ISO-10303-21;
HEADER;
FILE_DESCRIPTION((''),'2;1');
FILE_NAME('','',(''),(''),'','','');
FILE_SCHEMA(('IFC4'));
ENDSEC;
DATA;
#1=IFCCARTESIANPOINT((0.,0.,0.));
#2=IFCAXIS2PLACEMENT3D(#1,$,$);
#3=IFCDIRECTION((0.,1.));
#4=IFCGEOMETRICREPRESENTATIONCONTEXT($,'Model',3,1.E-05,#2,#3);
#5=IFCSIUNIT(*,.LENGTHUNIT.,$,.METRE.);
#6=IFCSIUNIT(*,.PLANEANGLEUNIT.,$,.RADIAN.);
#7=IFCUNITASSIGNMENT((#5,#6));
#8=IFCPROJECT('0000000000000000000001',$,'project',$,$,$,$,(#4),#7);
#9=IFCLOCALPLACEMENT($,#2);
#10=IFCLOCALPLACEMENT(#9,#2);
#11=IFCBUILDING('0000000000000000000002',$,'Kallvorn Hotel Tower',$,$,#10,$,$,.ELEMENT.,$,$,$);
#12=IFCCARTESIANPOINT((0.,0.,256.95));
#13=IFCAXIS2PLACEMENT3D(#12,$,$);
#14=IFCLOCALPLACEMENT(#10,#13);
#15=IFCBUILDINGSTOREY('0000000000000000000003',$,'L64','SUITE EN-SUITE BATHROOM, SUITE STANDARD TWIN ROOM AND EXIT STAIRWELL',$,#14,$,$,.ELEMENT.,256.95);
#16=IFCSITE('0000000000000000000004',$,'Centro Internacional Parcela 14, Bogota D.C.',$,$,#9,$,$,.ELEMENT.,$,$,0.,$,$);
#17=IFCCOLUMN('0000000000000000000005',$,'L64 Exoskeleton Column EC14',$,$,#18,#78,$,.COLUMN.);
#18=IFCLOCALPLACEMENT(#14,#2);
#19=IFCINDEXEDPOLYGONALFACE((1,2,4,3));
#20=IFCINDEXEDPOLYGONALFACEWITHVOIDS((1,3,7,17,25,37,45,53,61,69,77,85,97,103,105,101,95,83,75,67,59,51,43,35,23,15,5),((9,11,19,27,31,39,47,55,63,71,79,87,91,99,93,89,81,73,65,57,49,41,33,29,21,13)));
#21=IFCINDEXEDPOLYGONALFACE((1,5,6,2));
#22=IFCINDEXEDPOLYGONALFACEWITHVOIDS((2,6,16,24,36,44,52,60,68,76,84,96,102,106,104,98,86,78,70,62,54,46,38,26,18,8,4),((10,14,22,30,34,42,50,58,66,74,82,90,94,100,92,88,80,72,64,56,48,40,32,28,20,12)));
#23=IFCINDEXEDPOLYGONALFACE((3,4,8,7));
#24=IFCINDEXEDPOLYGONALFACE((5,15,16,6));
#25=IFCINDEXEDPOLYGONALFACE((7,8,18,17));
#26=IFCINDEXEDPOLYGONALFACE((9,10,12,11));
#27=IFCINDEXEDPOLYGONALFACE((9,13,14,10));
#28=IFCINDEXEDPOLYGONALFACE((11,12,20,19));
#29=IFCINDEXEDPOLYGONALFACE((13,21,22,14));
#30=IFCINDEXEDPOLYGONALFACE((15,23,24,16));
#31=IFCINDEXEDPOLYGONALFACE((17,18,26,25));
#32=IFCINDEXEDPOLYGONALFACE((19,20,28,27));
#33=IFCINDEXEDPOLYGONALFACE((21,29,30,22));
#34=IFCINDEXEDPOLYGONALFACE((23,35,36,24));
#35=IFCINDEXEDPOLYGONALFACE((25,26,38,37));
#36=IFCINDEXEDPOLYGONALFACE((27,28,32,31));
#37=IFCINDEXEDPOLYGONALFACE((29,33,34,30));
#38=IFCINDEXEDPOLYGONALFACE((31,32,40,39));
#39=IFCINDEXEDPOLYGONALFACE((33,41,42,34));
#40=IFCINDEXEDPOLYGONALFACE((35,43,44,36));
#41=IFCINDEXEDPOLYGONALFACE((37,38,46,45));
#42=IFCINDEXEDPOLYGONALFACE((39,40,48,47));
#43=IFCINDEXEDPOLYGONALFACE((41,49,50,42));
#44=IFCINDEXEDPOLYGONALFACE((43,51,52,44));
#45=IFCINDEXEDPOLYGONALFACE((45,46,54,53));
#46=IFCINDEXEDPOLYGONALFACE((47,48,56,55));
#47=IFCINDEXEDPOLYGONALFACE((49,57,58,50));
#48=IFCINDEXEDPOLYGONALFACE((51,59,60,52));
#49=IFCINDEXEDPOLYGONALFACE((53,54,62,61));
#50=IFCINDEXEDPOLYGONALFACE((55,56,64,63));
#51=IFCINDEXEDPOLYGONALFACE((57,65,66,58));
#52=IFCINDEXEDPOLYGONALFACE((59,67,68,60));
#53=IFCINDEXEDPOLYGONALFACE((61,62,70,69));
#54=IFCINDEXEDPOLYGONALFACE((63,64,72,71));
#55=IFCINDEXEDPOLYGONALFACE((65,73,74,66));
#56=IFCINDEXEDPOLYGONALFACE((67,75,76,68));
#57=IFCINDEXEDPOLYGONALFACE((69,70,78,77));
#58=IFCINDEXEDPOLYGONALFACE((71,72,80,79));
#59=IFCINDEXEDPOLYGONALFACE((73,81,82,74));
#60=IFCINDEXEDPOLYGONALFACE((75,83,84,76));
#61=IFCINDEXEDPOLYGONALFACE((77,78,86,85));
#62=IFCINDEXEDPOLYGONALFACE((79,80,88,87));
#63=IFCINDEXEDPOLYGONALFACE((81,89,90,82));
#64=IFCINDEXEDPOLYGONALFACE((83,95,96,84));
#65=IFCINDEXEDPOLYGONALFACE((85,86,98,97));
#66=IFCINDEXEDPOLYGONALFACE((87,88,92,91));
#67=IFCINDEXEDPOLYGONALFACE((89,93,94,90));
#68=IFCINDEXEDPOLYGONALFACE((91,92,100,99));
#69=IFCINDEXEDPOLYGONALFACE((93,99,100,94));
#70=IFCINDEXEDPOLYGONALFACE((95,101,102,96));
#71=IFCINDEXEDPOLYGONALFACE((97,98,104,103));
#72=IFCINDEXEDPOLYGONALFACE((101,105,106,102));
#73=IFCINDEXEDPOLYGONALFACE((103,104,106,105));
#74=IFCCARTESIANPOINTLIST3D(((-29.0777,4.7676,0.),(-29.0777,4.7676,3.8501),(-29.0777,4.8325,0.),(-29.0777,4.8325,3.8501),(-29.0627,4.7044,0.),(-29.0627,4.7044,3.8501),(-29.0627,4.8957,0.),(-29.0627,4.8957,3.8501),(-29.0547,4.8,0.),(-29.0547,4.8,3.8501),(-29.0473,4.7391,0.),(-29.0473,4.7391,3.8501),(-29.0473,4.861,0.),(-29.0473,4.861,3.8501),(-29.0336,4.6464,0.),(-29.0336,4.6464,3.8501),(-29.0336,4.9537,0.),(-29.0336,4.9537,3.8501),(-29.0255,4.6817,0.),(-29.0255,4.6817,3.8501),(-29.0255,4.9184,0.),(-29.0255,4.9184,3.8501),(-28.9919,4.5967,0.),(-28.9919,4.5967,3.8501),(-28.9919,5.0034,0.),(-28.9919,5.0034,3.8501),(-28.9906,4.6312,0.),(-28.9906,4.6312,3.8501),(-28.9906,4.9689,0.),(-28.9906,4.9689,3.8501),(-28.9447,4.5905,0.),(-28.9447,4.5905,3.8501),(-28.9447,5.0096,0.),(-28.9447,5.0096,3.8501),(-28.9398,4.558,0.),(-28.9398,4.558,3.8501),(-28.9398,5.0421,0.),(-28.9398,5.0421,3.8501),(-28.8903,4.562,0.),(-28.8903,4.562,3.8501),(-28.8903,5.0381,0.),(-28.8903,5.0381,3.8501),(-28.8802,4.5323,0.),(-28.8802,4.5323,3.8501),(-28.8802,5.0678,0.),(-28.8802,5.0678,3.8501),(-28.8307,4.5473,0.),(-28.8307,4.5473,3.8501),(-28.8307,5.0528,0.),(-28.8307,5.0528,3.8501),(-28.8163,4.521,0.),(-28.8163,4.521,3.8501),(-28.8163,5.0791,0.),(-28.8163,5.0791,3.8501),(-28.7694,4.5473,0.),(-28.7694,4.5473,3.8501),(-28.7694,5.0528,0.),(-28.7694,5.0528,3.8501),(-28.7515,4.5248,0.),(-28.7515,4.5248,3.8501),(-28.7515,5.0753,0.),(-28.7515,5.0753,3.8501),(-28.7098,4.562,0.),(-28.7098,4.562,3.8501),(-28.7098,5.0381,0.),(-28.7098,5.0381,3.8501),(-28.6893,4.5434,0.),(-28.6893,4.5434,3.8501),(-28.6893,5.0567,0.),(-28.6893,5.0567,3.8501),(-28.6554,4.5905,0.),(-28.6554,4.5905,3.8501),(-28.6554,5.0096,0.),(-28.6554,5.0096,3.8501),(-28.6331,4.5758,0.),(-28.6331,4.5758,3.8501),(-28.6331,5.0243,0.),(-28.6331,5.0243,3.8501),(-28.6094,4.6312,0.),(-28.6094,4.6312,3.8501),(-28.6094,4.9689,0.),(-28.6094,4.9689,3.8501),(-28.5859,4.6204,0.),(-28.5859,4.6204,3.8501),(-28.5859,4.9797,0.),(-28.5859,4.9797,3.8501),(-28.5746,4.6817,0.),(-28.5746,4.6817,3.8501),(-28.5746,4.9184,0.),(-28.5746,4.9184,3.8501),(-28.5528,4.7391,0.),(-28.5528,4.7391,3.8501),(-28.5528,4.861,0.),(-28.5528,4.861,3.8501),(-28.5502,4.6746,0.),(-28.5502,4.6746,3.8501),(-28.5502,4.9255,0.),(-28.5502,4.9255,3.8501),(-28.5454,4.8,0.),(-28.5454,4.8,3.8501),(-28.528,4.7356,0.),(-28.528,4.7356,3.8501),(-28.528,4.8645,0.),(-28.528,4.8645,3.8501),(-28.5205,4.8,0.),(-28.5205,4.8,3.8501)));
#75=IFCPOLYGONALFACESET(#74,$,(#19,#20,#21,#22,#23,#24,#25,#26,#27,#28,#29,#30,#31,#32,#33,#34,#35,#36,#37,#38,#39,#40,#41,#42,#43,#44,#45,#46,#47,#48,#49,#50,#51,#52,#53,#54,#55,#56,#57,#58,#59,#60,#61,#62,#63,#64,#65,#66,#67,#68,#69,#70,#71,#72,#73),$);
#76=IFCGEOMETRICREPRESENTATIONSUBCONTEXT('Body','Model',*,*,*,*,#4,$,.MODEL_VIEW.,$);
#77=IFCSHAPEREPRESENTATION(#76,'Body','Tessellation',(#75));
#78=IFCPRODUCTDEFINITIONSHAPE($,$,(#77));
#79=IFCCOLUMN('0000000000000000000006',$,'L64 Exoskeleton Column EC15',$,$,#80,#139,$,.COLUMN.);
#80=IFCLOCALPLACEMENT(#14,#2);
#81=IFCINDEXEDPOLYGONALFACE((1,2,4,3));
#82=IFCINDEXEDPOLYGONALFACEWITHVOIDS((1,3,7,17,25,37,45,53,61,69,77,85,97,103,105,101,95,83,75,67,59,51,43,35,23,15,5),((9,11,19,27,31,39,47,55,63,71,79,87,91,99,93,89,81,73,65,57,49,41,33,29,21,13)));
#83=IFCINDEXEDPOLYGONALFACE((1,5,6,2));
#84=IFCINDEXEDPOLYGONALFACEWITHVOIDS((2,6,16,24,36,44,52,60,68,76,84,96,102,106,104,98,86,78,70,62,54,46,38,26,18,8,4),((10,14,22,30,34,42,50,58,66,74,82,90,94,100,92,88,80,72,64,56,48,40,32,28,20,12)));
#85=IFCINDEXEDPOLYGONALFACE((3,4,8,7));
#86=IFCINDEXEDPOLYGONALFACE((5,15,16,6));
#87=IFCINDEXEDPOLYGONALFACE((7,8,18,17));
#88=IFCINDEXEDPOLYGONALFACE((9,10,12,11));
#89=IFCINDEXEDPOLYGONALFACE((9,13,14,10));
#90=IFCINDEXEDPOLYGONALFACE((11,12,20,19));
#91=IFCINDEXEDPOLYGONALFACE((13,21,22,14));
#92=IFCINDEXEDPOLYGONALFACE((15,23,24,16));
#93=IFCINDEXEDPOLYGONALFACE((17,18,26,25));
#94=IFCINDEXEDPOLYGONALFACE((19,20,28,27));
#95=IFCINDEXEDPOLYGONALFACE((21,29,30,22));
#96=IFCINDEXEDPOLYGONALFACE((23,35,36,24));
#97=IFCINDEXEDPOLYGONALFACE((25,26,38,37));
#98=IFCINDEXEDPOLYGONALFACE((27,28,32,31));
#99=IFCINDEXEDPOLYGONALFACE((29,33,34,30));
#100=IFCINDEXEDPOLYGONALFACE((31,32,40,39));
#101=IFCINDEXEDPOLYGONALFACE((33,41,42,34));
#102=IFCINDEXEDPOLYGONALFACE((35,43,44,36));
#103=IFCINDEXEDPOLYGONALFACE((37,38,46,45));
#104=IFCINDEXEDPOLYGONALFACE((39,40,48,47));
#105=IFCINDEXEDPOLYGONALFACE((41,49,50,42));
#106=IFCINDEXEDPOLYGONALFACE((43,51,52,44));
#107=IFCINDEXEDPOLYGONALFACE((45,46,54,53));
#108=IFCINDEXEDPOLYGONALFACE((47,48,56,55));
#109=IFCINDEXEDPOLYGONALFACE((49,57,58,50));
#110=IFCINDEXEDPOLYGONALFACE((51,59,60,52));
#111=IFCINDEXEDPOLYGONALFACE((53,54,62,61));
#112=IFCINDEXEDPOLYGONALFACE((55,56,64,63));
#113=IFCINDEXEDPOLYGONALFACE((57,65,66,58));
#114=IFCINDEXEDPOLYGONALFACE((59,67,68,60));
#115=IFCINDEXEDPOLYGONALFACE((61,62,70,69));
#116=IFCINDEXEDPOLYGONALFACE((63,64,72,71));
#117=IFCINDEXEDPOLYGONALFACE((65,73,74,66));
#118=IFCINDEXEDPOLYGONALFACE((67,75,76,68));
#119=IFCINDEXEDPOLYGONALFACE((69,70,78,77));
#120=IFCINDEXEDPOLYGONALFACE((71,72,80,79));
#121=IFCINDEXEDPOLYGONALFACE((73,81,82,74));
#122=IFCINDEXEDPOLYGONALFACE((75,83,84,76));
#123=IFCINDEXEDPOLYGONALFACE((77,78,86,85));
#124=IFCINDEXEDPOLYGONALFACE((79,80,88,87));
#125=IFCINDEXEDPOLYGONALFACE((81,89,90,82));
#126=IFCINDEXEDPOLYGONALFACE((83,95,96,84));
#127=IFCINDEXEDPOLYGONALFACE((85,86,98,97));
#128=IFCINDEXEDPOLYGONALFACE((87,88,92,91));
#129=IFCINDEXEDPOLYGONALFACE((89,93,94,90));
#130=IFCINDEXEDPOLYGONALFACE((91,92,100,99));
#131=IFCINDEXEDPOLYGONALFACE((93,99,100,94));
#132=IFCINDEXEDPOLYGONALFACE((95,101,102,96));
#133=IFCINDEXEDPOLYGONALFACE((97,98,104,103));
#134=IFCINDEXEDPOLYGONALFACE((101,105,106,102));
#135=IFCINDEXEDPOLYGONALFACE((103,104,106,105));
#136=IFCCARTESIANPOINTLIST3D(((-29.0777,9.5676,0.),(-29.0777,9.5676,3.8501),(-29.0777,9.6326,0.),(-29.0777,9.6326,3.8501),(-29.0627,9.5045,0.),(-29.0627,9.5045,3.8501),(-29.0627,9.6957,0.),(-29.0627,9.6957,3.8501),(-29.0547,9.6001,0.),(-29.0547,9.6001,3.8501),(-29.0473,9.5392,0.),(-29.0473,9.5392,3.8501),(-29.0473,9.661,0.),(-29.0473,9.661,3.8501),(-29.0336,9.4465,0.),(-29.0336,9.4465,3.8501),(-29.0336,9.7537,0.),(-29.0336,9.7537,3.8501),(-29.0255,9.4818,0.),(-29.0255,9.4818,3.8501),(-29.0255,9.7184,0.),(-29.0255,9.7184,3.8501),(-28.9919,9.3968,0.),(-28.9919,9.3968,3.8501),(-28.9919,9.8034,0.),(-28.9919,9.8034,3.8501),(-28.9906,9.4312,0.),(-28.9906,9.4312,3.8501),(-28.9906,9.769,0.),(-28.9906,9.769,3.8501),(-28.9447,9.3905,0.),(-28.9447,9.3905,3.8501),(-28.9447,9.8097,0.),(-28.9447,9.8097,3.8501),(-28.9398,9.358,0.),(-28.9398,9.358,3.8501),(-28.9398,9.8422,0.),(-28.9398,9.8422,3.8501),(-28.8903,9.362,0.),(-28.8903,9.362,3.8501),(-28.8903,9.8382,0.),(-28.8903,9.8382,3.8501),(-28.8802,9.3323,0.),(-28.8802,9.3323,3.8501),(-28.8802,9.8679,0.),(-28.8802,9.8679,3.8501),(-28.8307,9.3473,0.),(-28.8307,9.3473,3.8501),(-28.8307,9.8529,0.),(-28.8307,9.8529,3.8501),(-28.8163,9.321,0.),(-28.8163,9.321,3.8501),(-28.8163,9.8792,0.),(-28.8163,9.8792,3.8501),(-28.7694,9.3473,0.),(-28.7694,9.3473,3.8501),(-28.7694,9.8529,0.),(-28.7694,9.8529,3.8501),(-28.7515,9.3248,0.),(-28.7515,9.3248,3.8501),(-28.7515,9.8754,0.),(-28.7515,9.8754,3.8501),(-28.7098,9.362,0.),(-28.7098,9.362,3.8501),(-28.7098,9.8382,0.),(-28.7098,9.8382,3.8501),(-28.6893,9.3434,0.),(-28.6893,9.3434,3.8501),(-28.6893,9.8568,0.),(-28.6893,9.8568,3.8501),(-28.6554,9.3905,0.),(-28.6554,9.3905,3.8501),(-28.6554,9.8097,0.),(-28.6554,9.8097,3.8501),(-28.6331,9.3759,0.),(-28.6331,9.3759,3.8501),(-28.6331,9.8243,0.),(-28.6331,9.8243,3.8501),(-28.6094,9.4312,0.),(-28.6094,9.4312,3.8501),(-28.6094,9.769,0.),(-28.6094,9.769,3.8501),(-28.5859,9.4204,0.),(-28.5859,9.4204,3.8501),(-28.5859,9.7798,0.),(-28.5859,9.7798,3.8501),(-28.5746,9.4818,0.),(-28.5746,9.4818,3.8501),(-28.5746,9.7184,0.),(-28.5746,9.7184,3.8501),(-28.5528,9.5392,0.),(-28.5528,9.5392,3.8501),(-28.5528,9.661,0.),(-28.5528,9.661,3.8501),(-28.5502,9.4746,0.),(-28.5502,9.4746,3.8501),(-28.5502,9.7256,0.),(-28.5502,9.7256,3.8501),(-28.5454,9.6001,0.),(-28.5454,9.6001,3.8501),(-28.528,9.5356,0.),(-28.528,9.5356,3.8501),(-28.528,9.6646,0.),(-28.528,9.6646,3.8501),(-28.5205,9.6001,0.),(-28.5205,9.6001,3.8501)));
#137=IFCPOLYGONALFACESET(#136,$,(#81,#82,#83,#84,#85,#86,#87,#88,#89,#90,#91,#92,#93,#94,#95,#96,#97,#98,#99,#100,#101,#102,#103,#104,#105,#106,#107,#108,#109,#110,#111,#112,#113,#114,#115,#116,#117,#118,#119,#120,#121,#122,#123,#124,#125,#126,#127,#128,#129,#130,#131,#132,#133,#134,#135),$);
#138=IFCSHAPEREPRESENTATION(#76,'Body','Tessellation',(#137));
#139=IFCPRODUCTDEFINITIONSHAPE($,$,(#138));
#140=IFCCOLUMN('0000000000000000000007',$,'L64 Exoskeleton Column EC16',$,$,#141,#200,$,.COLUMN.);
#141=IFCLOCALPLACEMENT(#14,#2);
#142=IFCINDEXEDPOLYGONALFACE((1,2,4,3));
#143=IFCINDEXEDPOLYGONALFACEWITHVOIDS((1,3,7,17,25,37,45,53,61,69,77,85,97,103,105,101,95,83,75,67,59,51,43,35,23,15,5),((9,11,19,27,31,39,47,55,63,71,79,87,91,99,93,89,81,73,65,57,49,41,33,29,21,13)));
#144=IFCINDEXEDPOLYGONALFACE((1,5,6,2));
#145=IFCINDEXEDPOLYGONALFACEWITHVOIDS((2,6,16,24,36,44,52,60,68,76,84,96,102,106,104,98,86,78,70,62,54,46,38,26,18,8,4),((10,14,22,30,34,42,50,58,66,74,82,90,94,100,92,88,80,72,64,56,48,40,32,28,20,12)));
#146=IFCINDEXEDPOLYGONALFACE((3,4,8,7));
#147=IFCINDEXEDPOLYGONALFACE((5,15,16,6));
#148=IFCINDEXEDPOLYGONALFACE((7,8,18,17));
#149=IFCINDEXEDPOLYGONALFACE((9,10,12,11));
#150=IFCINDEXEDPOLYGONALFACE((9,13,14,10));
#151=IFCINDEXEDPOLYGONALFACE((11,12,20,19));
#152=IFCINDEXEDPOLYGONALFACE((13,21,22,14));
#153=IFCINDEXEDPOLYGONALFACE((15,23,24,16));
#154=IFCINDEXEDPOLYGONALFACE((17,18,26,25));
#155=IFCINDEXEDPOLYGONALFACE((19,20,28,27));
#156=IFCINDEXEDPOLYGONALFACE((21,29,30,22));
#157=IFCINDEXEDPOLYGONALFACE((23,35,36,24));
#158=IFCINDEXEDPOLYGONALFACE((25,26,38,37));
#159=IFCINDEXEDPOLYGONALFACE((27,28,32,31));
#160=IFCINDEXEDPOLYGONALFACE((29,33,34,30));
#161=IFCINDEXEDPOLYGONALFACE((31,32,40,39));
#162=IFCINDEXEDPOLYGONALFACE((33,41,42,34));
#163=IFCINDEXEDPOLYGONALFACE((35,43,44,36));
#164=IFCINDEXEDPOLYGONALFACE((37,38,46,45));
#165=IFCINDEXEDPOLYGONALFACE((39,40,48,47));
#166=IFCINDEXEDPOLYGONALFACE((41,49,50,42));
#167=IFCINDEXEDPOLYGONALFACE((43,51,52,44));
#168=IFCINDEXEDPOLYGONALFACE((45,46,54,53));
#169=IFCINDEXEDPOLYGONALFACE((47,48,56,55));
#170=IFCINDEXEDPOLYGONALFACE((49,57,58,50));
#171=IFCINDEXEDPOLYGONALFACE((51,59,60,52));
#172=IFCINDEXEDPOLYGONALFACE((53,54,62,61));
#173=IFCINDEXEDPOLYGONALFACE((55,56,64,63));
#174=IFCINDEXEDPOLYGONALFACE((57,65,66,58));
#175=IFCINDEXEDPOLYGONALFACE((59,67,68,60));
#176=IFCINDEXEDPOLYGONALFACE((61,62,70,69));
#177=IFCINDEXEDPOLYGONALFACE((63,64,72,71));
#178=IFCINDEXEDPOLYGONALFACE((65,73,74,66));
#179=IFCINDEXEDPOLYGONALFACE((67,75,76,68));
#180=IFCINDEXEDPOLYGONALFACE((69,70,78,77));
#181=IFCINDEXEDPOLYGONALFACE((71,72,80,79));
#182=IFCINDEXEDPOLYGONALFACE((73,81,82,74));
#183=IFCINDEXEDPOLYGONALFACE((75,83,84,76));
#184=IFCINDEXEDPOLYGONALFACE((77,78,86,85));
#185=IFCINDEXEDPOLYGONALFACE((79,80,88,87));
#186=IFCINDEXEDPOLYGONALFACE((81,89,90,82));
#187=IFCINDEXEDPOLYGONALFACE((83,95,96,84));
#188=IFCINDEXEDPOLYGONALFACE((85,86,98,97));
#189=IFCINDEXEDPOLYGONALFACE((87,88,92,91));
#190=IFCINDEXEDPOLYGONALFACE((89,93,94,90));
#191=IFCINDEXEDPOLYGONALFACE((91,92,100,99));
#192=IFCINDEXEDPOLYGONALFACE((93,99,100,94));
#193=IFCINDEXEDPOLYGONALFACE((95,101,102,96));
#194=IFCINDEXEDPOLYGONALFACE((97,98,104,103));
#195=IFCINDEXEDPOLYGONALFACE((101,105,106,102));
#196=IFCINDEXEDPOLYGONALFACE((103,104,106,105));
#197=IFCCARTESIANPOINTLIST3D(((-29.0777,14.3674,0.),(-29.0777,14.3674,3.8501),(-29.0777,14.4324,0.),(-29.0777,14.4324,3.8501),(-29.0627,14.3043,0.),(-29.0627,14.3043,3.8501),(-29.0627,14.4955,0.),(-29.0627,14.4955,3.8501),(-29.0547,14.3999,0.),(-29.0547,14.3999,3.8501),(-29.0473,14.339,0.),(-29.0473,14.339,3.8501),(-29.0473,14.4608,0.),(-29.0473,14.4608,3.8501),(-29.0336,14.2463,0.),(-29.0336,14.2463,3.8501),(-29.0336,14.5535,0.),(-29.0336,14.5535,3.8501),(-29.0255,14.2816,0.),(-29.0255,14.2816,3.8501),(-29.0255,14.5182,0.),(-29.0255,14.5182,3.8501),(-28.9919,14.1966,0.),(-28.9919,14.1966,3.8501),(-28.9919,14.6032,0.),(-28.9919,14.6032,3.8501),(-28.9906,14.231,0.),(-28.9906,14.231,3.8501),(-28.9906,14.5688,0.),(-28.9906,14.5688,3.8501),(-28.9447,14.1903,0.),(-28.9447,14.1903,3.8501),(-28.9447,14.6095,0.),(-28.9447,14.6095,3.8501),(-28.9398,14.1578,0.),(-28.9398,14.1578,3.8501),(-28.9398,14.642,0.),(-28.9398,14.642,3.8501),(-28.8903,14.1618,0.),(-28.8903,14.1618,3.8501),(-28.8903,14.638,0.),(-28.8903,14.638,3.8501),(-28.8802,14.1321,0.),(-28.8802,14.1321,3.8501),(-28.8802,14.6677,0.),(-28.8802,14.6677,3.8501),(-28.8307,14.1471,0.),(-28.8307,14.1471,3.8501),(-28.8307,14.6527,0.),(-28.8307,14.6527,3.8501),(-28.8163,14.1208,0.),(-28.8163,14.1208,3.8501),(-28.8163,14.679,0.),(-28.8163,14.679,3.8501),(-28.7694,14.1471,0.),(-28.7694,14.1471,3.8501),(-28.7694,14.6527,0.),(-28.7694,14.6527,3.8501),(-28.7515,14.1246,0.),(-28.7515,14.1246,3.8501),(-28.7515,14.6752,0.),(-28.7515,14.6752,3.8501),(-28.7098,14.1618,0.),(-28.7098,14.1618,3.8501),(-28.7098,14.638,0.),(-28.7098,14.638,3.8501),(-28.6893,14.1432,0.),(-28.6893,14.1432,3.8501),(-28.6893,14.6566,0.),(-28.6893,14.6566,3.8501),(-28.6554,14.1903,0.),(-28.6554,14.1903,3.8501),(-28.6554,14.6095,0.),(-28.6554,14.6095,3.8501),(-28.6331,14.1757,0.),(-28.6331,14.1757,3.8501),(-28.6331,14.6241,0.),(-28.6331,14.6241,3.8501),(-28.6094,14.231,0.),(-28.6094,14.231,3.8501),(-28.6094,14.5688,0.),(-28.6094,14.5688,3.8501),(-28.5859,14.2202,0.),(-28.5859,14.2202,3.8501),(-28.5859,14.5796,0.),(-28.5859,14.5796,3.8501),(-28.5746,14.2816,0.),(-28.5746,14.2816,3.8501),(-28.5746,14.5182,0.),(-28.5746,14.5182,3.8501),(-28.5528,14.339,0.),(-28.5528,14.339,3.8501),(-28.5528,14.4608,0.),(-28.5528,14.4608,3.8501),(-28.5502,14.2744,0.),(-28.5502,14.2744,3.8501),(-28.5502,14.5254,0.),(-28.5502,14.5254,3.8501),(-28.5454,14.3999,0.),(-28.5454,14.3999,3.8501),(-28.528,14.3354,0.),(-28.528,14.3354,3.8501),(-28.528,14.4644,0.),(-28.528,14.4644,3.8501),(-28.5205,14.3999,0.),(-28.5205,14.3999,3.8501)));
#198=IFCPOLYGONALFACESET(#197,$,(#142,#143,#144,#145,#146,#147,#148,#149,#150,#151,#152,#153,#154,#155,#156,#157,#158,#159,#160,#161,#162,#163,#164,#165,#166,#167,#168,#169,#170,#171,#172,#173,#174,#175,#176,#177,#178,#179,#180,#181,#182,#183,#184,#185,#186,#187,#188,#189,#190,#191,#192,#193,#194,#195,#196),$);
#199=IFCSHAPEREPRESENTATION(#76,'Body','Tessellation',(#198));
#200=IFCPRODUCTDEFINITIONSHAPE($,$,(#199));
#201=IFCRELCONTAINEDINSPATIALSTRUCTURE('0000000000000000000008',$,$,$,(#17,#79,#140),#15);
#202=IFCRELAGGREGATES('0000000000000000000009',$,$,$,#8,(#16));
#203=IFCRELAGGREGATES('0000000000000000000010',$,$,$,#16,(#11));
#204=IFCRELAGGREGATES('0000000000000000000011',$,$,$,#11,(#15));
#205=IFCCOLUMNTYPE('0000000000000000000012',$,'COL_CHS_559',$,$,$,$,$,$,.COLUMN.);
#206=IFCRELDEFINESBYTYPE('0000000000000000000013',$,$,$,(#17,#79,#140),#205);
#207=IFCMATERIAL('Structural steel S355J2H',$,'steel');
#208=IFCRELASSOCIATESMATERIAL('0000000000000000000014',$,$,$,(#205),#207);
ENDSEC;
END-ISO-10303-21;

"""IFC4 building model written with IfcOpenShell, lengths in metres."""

from ifc_helpers import new_model, si_unit, direction, frame, origin, origin_2d, place, context, subcontext, project, spatial, hollow_circle, extrude, material, material_profile, profile_set, type_object, element, save


model = new_model("IFC4")

# Units and contexts
model_context = context("Model", 3, precision=1e-05, world=origin(), true_north=direction((0.0, 1.0)))
body_context = subcontext(model_context, "Body", "Model", "MODEL_VIEW")
ifc_project = project(units=[si_unit("LENGTHUNIT", "METRE"), si_unit("PLANEANGLEUNIT", "RADIAN")], contexts=[model_context])

# Site, building, storey
site_placement = place(None, origin())
site = spatial("IfcSite", under=ifc_project, at=site_placement, Name="Centro Internacional Parcela 14, Bogota D.C.", CompositionType="ELEMENT", RefElevation=0.0)
building_placement = place(site_placement, origin())
building = spatial("IfcBuilding", under=site, at=building_placement, Name="Kallvorn Hotel Tower", CompositionType="ELEMENT")
storey_placement = place(building_placement, frame((0.0, 0.0, 256.95)))
storey = spatial("IfcBuildingStorey", under=building, at=storey_placement, Name="L64", Description="SUITE EN-SUITE BATHROOM, SUITE STANDARD TWIN ROOM AND EXIT STAIRWELL", CompositionType="ELEMENT", Elevation=256.95)

# Columns
ifc_material_1 = material(Name="Structural steel S355J2H", Category="steel")
ifc_material_profile_1 = material_profile(ifc_material_1, hollow_circle(Radius=0.2795, WallThickness=0.0249, at=origin_2d()), Name="CHS 559x25")
ifc_profile_set_1 = profile_set([ifc_material_profile_1], Name="Structural steel S355J2H")
column_type = type_object("IfcColumnType", Name="COL_CHS_559", PredefinedType="COLUMN", material=ifc_profile_set_1)
for number, where, z_axis, x_axis, name in (
    (1, (-28.8, 4.8, 0.0), (0.0, 0.0, 1.0), (1.0, 0.0, 0.0), "L64 Exoskeleton Column EC14"),
    (2, (-28.8, 9.6001, 0.0), (0.0, 0.0, 1.0), (1.0, 0.0, 0.0), "L64 Exoskeleton Column EC15"),
    (3, (-28.8, 14.3999, 0.0), (0.0, 0.0, 1.0), (1.0, 0.0, 0.0), "L64 Exoskeleton Column EC16"),
):
    element("IfcColumn", number, at=place(storey_placement, frame(where, z_axis=z_axis, x_axis=x_axis)), inside=storey, type_object=column_type, Name=name, PredefinedType="COLUMN", context=body_context, shape_type="SweptSolid", body=[
        extrude(hollow_circle(Radius=0.2795, WallThickness=0.0249, at=origin_2d()), origin(), (0.0, 0.0, 1.0), 3.8501),
    ])

save(model, "model.ifc")
